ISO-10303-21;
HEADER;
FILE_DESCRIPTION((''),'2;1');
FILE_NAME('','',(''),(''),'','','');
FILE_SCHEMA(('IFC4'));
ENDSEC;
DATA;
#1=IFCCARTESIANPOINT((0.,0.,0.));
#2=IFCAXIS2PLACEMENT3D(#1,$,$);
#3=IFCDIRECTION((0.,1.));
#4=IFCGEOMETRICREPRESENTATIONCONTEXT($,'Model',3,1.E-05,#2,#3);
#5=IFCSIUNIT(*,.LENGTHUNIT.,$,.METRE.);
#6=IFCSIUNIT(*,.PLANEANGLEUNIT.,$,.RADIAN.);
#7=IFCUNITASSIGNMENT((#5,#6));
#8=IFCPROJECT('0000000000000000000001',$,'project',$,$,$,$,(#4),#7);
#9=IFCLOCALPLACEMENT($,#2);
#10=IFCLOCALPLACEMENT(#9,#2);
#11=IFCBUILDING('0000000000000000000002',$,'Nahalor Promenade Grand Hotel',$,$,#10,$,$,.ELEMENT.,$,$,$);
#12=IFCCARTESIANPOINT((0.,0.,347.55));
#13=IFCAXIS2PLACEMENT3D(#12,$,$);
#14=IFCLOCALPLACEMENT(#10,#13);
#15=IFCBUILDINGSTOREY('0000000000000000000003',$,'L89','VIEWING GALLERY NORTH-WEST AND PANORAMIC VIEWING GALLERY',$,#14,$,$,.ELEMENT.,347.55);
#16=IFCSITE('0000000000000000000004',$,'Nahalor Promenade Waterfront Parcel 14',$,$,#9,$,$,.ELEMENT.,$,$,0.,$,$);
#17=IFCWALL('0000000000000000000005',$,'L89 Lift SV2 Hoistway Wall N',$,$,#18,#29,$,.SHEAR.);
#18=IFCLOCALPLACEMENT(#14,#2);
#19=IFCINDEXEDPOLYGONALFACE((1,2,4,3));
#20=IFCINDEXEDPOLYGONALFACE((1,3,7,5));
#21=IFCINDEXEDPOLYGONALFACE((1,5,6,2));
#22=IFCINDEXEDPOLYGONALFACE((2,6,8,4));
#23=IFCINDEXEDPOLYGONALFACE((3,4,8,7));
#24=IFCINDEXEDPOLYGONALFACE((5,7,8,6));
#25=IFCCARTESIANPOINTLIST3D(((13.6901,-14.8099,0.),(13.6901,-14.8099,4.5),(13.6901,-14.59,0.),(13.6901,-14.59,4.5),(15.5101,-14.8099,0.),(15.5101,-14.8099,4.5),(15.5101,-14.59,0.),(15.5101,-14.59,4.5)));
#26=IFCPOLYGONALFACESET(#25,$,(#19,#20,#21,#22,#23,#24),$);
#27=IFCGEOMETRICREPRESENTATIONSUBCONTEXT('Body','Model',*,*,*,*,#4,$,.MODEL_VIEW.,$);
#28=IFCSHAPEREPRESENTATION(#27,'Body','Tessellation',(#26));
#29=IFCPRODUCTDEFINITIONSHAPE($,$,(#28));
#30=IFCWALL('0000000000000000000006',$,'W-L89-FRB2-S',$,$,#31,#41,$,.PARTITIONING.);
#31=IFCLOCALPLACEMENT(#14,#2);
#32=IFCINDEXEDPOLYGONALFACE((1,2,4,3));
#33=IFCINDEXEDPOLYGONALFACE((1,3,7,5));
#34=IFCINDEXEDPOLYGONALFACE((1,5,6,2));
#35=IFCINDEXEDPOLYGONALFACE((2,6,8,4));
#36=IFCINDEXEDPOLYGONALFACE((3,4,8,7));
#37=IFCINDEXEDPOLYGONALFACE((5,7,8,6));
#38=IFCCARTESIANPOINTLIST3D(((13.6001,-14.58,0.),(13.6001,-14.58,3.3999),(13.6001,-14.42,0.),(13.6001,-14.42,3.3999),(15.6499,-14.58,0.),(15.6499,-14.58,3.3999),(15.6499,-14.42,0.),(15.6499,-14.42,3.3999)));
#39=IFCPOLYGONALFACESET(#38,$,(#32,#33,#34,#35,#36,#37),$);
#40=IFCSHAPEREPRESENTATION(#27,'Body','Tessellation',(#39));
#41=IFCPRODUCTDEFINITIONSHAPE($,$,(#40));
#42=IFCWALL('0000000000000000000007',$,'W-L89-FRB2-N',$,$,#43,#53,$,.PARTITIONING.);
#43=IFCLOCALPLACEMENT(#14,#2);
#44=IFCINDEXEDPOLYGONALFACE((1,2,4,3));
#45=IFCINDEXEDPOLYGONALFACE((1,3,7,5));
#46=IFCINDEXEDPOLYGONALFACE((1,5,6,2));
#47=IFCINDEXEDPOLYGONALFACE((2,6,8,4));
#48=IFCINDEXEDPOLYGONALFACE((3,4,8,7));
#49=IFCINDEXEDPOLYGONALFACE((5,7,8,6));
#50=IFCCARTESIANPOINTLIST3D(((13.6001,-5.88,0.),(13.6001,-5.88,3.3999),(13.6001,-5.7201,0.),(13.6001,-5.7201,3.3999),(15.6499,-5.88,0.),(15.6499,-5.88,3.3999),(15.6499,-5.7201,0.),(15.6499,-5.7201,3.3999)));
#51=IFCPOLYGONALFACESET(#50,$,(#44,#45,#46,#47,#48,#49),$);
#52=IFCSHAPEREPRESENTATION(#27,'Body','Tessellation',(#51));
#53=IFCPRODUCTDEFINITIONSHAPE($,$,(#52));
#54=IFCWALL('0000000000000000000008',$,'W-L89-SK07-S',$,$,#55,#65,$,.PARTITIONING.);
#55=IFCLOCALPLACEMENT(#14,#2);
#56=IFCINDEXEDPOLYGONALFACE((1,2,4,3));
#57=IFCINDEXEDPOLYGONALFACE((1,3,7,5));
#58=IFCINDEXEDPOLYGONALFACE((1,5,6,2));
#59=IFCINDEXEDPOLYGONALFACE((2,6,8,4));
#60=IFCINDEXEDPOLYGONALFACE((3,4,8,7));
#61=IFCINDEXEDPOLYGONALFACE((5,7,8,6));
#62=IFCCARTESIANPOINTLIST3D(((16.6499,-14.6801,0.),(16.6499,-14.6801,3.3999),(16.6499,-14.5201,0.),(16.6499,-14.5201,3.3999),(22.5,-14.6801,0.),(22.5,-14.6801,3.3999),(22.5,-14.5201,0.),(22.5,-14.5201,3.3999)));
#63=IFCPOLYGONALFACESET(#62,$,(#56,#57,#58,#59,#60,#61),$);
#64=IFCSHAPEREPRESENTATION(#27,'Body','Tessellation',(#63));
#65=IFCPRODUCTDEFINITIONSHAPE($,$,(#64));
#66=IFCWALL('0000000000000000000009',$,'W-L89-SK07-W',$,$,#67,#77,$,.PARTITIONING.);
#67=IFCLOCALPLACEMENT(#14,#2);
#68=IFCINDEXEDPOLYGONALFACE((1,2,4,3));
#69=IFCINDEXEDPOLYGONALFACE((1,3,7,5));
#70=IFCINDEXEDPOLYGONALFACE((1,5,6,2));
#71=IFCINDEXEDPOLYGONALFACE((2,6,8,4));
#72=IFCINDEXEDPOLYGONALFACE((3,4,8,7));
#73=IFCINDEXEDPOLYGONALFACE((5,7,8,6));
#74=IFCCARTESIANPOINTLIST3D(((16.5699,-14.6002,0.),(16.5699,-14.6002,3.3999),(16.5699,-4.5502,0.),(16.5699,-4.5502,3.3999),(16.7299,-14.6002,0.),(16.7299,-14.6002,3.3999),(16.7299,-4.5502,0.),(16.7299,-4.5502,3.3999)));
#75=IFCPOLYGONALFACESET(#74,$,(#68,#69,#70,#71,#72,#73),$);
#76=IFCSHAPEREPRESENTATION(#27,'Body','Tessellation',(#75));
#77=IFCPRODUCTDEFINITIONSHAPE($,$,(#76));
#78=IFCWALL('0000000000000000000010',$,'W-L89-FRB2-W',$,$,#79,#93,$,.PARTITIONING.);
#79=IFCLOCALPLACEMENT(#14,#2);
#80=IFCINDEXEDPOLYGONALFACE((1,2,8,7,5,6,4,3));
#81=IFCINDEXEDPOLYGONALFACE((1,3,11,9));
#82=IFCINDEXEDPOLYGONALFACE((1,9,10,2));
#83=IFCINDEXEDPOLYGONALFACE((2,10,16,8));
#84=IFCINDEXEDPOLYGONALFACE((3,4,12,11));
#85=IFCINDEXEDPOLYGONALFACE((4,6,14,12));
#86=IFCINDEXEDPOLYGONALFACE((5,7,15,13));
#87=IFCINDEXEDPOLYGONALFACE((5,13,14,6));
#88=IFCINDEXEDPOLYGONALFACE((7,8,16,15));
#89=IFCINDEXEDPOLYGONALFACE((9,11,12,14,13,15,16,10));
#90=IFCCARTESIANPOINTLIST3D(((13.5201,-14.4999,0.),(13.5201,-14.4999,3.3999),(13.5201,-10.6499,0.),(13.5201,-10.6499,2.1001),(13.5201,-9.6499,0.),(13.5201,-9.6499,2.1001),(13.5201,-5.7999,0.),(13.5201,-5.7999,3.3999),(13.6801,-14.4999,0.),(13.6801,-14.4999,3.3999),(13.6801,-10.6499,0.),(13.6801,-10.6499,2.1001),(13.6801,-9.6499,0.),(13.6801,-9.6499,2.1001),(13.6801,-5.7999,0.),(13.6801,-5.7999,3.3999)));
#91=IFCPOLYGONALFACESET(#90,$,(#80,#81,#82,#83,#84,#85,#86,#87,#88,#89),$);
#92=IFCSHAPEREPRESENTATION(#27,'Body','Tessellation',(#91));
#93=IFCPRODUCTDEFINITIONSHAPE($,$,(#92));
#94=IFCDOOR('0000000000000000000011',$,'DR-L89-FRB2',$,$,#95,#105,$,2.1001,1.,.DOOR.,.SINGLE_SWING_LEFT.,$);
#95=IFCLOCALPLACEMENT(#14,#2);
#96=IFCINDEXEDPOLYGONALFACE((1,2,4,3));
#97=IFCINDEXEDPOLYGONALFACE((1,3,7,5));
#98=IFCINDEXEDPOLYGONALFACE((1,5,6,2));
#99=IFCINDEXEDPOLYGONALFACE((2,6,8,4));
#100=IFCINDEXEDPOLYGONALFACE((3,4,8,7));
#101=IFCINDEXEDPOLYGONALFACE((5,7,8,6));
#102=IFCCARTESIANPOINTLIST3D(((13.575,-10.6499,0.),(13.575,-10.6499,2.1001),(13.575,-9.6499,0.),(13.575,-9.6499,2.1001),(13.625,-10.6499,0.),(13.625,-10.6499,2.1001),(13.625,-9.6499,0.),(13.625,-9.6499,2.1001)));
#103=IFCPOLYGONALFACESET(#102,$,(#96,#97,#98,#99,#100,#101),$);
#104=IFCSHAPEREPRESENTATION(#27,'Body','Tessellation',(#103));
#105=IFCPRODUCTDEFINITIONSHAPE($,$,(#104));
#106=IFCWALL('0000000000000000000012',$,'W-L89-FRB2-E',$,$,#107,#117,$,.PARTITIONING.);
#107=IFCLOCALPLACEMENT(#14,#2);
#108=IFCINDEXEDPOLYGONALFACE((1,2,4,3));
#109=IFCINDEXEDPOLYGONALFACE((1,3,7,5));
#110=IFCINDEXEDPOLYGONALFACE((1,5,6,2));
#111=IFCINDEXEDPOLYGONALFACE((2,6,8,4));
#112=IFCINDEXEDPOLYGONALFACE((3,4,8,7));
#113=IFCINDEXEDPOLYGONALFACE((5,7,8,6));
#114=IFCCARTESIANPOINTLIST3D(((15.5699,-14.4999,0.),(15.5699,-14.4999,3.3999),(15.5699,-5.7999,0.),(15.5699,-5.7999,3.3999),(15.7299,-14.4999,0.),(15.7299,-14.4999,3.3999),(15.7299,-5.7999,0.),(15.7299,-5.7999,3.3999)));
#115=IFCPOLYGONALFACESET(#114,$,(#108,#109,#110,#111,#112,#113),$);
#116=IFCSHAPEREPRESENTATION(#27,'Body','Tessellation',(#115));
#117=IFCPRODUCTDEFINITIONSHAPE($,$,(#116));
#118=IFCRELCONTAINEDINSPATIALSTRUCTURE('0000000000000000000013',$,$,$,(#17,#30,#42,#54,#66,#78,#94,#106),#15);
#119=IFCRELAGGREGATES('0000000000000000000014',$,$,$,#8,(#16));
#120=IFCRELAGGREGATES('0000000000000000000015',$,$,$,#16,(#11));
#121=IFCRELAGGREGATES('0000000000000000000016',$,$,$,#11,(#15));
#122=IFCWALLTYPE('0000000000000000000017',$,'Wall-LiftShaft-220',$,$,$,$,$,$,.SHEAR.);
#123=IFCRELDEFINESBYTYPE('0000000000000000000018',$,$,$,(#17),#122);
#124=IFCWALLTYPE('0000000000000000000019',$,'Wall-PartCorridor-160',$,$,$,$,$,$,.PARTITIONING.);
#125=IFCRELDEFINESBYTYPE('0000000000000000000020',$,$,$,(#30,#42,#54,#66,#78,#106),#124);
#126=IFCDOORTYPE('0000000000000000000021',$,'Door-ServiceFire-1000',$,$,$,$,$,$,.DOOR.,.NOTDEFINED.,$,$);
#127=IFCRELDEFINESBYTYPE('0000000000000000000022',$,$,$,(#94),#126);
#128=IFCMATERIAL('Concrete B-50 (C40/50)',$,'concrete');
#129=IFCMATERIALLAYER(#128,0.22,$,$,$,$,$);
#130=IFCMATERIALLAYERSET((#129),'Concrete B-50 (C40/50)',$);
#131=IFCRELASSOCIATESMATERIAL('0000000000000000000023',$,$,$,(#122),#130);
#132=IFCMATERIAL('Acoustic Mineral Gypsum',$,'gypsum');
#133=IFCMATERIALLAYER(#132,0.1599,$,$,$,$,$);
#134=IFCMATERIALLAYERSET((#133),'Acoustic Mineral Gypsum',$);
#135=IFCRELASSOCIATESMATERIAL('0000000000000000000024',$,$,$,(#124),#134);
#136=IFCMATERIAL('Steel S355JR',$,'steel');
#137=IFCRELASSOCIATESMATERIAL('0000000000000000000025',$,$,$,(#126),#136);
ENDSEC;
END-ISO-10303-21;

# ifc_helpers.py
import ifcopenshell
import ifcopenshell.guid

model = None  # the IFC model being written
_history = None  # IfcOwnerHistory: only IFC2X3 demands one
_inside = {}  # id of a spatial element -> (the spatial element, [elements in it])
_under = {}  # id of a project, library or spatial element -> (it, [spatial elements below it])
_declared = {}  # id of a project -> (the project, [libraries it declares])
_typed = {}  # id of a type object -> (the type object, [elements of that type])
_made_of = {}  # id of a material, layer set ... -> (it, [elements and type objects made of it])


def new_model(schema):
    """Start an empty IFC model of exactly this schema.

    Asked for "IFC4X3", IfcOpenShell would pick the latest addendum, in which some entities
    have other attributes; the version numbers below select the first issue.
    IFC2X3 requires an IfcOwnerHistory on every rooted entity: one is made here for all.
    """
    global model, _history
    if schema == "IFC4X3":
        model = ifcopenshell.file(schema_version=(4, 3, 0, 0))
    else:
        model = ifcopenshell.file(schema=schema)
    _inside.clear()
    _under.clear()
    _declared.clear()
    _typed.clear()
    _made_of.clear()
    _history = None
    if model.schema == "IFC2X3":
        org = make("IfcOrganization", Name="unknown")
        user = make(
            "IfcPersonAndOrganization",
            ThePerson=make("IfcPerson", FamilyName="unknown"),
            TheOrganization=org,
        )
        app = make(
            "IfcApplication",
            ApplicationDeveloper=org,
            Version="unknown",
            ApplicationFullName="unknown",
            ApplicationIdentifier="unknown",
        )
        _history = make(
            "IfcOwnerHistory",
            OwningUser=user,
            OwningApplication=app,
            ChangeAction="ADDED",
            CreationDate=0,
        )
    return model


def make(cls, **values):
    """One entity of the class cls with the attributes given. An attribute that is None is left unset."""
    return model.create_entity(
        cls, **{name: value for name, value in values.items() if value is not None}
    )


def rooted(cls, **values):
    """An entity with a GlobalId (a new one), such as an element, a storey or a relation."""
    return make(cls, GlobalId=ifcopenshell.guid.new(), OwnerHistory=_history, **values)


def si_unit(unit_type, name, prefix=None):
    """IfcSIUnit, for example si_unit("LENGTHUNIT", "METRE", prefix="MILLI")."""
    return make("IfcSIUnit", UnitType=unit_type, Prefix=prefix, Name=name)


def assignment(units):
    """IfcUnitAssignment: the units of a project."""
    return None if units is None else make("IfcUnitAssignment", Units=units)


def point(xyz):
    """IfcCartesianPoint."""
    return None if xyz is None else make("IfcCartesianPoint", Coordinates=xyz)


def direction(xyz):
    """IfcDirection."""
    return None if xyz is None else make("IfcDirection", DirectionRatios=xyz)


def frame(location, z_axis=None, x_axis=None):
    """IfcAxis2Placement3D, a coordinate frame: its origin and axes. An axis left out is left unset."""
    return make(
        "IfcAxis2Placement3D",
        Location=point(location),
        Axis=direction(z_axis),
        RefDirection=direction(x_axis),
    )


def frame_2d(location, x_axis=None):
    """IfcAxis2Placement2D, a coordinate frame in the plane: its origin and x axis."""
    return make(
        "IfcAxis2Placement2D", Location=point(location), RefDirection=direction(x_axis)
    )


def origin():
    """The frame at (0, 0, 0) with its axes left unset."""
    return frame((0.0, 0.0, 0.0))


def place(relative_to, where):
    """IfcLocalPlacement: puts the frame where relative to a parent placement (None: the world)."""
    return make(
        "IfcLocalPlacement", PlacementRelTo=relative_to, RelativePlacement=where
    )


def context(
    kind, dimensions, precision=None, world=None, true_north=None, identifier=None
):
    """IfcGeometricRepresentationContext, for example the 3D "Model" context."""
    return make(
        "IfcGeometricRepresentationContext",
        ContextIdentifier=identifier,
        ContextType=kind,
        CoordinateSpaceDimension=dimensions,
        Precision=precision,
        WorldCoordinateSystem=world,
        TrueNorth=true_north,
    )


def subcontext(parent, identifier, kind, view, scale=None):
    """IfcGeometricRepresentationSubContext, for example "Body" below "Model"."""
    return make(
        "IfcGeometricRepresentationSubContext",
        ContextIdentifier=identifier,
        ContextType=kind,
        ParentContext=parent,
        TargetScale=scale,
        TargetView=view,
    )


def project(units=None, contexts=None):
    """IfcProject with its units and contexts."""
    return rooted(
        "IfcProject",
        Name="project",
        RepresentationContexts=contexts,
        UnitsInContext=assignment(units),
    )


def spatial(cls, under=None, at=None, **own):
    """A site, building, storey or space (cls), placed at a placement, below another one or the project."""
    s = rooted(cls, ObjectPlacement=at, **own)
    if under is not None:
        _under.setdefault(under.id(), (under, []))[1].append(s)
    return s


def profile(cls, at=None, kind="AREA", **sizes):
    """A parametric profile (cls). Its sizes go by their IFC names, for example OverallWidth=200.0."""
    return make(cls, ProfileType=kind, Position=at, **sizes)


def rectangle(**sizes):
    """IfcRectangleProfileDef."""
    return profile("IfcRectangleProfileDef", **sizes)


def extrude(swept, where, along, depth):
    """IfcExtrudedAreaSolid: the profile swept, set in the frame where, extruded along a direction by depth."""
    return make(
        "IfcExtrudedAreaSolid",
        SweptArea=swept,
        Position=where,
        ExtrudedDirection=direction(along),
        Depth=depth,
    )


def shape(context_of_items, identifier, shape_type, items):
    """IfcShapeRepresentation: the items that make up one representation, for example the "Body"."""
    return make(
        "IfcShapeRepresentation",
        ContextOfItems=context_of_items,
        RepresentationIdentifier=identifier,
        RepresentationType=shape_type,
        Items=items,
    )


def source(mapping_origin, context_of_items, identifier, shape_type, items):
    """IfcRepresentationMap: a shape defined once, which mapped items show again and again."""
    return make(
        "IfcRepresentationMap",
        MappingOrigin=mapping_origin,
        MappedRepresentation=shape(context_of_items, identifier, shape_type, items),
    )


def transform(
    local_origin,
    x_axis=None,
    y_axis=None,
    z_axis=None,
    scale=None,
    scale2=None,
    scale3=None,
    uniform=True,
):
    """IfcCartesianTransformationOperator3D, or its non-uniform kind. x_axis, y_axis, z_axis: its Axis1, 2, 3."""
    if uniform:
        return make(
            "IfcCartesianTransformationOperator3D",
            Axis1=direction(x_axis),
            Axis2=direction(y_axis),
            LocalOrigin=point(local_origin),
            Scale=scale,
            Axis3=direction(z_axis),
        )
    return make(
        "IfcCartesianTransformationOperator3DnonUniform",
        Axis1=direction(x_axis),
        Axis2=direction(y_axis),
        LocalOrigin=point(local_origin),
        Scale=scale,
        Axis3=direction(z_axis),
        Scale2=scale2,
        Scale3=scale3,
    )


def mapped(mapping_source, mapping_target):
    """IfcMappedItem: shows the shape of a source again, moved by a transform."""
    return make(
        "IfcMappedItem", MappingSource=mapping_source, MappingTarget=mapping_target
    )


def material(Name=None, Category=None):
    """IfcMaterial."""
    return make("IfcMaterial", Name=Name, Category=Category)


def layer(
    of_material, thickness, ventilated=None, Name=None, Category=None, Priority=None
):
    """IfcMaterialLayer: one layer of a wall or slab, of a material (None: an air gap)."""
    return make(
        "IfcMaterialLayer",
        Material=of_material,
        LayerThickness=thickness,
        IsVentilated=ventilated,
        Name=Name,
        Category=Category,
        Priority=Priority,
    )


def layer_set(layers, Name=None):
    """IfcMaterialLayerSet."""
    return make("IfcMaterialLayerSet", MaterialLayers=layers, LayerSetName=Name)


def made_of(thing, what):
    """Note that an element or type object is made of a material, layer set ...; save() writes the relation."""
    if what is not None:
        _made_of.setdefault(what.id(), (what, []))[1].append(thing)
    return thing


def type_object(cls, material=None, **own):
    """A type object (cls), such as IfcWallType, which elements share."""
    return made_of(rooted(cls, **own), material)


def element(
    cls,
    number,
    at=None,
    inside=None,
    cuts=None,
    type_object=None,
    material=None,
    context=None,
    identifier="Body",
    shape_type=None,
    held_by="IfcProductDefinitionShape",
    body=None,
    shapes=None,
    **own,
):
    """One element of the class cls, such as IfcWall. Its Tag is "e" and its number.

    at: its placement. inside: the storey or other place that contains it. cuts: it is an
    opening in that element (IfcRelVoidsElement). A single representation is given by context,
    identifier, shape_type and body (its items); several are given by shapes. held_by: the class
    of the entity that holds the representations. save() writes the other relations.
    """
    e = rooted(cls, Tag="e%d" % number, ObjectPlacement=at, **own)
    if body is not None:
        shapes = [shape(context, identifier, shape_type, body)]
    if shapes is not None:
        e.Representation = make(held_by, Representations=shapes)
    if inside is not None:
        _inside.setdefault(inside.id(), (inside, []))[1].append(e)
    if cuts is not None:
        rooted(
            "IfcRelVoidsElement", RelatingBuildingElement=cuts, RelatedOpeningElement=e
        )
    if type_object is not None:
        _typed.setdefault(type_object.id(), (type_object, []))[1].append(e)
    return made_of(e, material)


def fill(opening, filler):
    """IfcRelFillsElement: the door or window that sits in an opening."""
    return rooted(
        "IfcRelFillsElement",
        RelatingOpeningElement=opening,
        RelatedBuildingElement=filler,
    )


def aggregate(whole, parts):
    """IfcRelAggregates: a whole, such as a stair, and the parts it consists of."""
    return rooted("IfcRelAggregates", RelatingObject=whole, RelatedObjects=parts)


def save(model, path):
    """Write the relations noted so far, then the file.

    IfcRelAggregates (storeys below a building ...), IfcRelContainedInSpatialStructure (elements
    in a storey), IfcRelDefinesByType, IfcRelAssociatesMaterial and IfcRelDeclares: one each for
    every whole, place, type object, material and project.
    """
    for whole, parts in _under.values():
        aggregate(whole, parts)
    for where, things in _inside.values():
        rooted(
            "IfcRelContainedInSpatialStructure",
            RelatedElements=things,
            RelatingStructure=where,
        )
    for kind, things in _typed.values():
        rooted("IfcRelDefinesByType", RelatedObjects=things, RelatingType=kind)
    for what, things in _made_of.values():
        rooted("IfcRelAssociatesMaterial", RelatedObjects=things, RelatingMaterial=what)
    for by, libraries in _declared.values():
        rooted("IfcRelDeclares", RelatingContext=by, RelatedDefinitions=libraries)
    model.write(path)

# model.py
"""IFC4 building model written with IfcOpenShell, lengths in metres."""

from ifc_helpers import new_model, si_unit, direction, frame, frame_2d, origin, place, context, subcontext, project, spatial, rectangle, extrude, source, transform, mapped, material, layer, layer_set, type_object, element, fill, save


model = new_model("IFC4")

# Units and contexts
model_context = context("Model", 3, precision=1e-05, world=origin(), true_north=direction((0.0, 1.0)))
body_context = subcontext(model_context, "Body", "Model", "MODEL_VIEW")
ifc_project = project(units=[si_unit("LENGTHUNIT", "METRE"), si_unit("PLANEANGLEUNIT", "RADIAN")], contexts=[model_context])

# Site, building, storey
site_placement = place(None, origin())
site = spatial("IfcSite", under=ifc_project, at=site_placement, Name="Nahalor Promenade Waterfront Parcel 14", CompositionType="ELEMENT", RefElevation=0.0)
building_placement = place(site_placement, origin())
building = spatial("IfcBuilding", under=site, at=building_placement, Name="Nahalor Promenade Grand Hotel", CompositionType="ELEMENT")
storey_placement = place(building_placement, frame((0.0, 0.0, 347.55)))
storey = spatial("IfcBuildingStorey", under=building, at=storey_placement, Name="L89", Description="VIEWING GALLERY NORTH-WEST AND PANORAMIC VIEWING GALLERY", CompositionType="ELEMENT", Elevation=347.55)

# Shared definitions
ifc_material_1 = material(Name="Steel S355JR", Category="steel")

# Walls
ifc_material_2 = material(Name="Concrete B-50 (C40/50)", Category="concrete")
ifc_layer_1 = layer(ifc_material_2, 0.22)
ifc_layer_set_1 = layer_set([ifc_layer_1], Name="Concrete B-50 (C40/50)")
wall_type_1 = type_object("IfcWallType", Name="Wall-LiftShaft-220", PredefinedType="SHEAR", material=ifc_layer_set_1)
shared_shape_1 = source(origin(), body_context, "Body", "SweptSolid", [
    extrude(rectangle(XDim=1.8201, YDim=0.22, at=frame_2d((0.9102, 0.0))), origin(), (0.0, 0.0, 1.0), 4.5),
])
wall_1_placement = place(storey_placement, frame((13.6899, -14.7, 0.0), z_axis=(0.0, 0.0, 1.0), x_axis=(1.0, 0.0, 0.0)))
element("IfcWall", 1, at=wall_1_placement, inside=storey, type_object=wall_type_1, Name="L89 Lift SV2 Hoistway Wall N", PredefinedType="SHEAR", context=body_context, shape_type="MappedRepresentation", body=[
    mapped(shared_shape_1, transform((0.0, 0.0, 0.0), scale=1.0)),
])
ifc_material_3 = material(Name="Acoustic Mineral Gypsum", Category="gypsum")
ifc_layer_2 = layer(ifc_material_3, 0.1599)
ifc_layer_set_2 = layer_set([ifc_layer_2], Name="Acoustic Mineral Gypsum")
wall_type_2 = type_object("IfcWallType", Name="Wall-PartCorridor-160", PredefinedType="PARTITIONING", material=ifc_layer_set_2)
shared_shape_2 = source(origin(), body_context, "Body", "SweptSolid", [
    extrude(rectangle(XDim=2.0498, YDim=0.1599, at=frame_2d((1.0249, 0.0))), origin(), (0.0, 0.0, 1.0), 3.3999),
])
for number, where, z_axis, x_axis, name in (
    (2, (13.6001, -14.5, 0.0), (0.0, 0.0, 1.0), (1.0, 0.0, 0.0), "W-L89-FRB2-S"),
    (3, (13.6001, -5.8, 0.0), (0.0, 0.0, 1.0), (1.0, 0.0, 0.0), "W-L89-FRB2-N"),
):
    element("IfcWall", number, at=place(storey_placement, frame(where, z_axis=z_axis, x_axis=x_axis)), inside=storey, type_object=wall_type_2, Name=name, PredefinedType="PARTITIONING", context=body_context, shape_type="MappedRepresentation", body=[
        mapped(shared_shape_2, transform((0.0, 0.0, 0.0), scale=1.0)),
    ])
shared_shape_3 = source(origin(), body_context, "Body", "SweptSolid", [
    extrude(rectangle(XDim=5.8501, YDim=0.1599, at=frame_2d((2.925, 0.0))), origin(), (0.0, 0.0, 1.0), 3.3999),
])
wall_2_placement = place(storey_placement, frame((16.6499, -14.6001, 0.0), z_axis=(0.0, 0.0, 1.0), x_axis=(1.0, 0.0, 0.0)))
element("IfcWall", 4, at=wall_2_placement, inside=storey, type_object=wall_type_2, Name="W-L89-SK07-S", PredefinedType="PARTITIONING", context=body_context, shape_type="MappedRepresentation", body=[
    mapped(shared_shape_3, transform((0.0, 0.0, 0.0), scale=1.0)),
])

# Wall
shared_shape_4 = source(origin(), body_context, "Body", "SweptSolid", [
    extrude(rectangle(XDim=10.05, YDim=0.1599, at=frame_2d((5.0249, 0.0))), origin(), (0.0, 0.0, 1.0), 3.3999),
])
wall_3_placement = place(storey_placement, frame((16.6499, -14.6001, 0.0), z_axis=(0.0, 0.0, 1.0), x_axis=(0.0, 1.0, 0.0)))
element("IfcWall", 5, at=wall_3_placement, inside=storey, type_object=wall_type_2, Name="W-L89-SK07-W", PredefinedType="PARTITIONING", context=body_context, shape_type="MappedRepresentation", body=[
    mapped(shared_shape_4, transform((0.0, 0.0, 0.0), scale=1.0)),
])

# Wall, opening, door
shared_shape_5 = source(origin(), body_context, "Body", "SweptSolid", [
    extrude(rectangle(XDim=8.7, YDim=0.1599, at=frame_2d((4.3501, 0.0))), origin(), (0.0, 0.0, 1.0), 3.3999),
])
wall_4_placement = place(storey_placement, frame((13.6001, -14.5, 0.0), z_axis=(0.0, 0.0, 1.0), x_axis=(0.0, 1.0, 0.0)))
wall_4 = element("IfcWall", 6, at=wall_4_placement, inside=storey, type_object=wall_type_2, Name="W-L89-FRB2-W", PredefinedType="PARTITIONING", context=body_context, shape_type="MappedRepresentation", body=[
    mapped(shared_shape_5, transform((0.0, 0.0, 0.0), scale=1.0)),
])
opening_1_placement = place(wall_4_placement, frame((3.8501, 0.0, 0.0)))
opening_1 = element("IfcOpeningElement", 7, at=opening_1_placement, cuts=wall_4, PredefinedType="OPENING", context=body_context, shape_type="SweptSolid", body=[
    extrude(rectangle(XDim=1.0, YDim=2.1001, at=frame_2d((0.5, 1.05))), frame((0.0, 0.0898, 0.0), z_axis=(0.0, -1.0, 0.0), x_axis=(1.0, 0.0, 0.0)), (0.0, 0.0, 1.0), 0.1799),
])
door_type_1 = type_object("IfcDoorType", Name="Door-ServiceFire-1000", OperationType="NOTDEFINED", PredefinedType="DOOR", material=ifc_material_1)
shared_shape_6 = source(origin(), body_context, "Body", "SweptSolid", [
    extrude(rectangle(XDim=1.0, YDim=2.1001, at=frame_2d((0.5, 1.05))), frame((0.0, 0.0249, 0.0), z_axis=(0.0, -1.0, 0.0), x_axis=(1.0, 0.0, 0.0)), (0.0, 0.0, 1.0), 0.05),
])
door_1_placement = place(opening_1_placement, frame((1.0, 0.0, 0.0), z_axis=(0.0, 0.0, 1.0), x_axis=(-1.0, 0.0, 0.0)))
door_1 = element("IfcDoor", 8, at=door_1_placement, inside=storey, type_object=door_type_1, Name="DR-L89-FRB2", OperationType="SINGLE_SWING_LEFT", OverallHeight=2.1001, OverallWidth=1.0, PredefinedType="DOOR", context=body_context, shape_type="MappedRepresentation", body=[
    mapped(shared_shape_6, transform((0.0, 0.0, 0.0), scale=1.0)),
])
fill(opening_1, door_1)

# Wall
wall_5_placement = place(storey_placement, frame((15.6499, -14.5, 0.0), z_axis=(0.0, 0.0, 1.0), x_axis=(0.0, 1.0, 0.0)))
element("IfcWall", 9, at=wall_5_placement, inside=storey, type_object=wall_type_2, Name="W-L89-FRB2-E", PredefinedType="PARTITIONING", context=body_context, shape_type="MappedRepresentation", body=[
    mapped(shared_shape_5, transform((0.0, 0.0, 0.0), scale=1.0)),
])

save(model, "model.ifc")
